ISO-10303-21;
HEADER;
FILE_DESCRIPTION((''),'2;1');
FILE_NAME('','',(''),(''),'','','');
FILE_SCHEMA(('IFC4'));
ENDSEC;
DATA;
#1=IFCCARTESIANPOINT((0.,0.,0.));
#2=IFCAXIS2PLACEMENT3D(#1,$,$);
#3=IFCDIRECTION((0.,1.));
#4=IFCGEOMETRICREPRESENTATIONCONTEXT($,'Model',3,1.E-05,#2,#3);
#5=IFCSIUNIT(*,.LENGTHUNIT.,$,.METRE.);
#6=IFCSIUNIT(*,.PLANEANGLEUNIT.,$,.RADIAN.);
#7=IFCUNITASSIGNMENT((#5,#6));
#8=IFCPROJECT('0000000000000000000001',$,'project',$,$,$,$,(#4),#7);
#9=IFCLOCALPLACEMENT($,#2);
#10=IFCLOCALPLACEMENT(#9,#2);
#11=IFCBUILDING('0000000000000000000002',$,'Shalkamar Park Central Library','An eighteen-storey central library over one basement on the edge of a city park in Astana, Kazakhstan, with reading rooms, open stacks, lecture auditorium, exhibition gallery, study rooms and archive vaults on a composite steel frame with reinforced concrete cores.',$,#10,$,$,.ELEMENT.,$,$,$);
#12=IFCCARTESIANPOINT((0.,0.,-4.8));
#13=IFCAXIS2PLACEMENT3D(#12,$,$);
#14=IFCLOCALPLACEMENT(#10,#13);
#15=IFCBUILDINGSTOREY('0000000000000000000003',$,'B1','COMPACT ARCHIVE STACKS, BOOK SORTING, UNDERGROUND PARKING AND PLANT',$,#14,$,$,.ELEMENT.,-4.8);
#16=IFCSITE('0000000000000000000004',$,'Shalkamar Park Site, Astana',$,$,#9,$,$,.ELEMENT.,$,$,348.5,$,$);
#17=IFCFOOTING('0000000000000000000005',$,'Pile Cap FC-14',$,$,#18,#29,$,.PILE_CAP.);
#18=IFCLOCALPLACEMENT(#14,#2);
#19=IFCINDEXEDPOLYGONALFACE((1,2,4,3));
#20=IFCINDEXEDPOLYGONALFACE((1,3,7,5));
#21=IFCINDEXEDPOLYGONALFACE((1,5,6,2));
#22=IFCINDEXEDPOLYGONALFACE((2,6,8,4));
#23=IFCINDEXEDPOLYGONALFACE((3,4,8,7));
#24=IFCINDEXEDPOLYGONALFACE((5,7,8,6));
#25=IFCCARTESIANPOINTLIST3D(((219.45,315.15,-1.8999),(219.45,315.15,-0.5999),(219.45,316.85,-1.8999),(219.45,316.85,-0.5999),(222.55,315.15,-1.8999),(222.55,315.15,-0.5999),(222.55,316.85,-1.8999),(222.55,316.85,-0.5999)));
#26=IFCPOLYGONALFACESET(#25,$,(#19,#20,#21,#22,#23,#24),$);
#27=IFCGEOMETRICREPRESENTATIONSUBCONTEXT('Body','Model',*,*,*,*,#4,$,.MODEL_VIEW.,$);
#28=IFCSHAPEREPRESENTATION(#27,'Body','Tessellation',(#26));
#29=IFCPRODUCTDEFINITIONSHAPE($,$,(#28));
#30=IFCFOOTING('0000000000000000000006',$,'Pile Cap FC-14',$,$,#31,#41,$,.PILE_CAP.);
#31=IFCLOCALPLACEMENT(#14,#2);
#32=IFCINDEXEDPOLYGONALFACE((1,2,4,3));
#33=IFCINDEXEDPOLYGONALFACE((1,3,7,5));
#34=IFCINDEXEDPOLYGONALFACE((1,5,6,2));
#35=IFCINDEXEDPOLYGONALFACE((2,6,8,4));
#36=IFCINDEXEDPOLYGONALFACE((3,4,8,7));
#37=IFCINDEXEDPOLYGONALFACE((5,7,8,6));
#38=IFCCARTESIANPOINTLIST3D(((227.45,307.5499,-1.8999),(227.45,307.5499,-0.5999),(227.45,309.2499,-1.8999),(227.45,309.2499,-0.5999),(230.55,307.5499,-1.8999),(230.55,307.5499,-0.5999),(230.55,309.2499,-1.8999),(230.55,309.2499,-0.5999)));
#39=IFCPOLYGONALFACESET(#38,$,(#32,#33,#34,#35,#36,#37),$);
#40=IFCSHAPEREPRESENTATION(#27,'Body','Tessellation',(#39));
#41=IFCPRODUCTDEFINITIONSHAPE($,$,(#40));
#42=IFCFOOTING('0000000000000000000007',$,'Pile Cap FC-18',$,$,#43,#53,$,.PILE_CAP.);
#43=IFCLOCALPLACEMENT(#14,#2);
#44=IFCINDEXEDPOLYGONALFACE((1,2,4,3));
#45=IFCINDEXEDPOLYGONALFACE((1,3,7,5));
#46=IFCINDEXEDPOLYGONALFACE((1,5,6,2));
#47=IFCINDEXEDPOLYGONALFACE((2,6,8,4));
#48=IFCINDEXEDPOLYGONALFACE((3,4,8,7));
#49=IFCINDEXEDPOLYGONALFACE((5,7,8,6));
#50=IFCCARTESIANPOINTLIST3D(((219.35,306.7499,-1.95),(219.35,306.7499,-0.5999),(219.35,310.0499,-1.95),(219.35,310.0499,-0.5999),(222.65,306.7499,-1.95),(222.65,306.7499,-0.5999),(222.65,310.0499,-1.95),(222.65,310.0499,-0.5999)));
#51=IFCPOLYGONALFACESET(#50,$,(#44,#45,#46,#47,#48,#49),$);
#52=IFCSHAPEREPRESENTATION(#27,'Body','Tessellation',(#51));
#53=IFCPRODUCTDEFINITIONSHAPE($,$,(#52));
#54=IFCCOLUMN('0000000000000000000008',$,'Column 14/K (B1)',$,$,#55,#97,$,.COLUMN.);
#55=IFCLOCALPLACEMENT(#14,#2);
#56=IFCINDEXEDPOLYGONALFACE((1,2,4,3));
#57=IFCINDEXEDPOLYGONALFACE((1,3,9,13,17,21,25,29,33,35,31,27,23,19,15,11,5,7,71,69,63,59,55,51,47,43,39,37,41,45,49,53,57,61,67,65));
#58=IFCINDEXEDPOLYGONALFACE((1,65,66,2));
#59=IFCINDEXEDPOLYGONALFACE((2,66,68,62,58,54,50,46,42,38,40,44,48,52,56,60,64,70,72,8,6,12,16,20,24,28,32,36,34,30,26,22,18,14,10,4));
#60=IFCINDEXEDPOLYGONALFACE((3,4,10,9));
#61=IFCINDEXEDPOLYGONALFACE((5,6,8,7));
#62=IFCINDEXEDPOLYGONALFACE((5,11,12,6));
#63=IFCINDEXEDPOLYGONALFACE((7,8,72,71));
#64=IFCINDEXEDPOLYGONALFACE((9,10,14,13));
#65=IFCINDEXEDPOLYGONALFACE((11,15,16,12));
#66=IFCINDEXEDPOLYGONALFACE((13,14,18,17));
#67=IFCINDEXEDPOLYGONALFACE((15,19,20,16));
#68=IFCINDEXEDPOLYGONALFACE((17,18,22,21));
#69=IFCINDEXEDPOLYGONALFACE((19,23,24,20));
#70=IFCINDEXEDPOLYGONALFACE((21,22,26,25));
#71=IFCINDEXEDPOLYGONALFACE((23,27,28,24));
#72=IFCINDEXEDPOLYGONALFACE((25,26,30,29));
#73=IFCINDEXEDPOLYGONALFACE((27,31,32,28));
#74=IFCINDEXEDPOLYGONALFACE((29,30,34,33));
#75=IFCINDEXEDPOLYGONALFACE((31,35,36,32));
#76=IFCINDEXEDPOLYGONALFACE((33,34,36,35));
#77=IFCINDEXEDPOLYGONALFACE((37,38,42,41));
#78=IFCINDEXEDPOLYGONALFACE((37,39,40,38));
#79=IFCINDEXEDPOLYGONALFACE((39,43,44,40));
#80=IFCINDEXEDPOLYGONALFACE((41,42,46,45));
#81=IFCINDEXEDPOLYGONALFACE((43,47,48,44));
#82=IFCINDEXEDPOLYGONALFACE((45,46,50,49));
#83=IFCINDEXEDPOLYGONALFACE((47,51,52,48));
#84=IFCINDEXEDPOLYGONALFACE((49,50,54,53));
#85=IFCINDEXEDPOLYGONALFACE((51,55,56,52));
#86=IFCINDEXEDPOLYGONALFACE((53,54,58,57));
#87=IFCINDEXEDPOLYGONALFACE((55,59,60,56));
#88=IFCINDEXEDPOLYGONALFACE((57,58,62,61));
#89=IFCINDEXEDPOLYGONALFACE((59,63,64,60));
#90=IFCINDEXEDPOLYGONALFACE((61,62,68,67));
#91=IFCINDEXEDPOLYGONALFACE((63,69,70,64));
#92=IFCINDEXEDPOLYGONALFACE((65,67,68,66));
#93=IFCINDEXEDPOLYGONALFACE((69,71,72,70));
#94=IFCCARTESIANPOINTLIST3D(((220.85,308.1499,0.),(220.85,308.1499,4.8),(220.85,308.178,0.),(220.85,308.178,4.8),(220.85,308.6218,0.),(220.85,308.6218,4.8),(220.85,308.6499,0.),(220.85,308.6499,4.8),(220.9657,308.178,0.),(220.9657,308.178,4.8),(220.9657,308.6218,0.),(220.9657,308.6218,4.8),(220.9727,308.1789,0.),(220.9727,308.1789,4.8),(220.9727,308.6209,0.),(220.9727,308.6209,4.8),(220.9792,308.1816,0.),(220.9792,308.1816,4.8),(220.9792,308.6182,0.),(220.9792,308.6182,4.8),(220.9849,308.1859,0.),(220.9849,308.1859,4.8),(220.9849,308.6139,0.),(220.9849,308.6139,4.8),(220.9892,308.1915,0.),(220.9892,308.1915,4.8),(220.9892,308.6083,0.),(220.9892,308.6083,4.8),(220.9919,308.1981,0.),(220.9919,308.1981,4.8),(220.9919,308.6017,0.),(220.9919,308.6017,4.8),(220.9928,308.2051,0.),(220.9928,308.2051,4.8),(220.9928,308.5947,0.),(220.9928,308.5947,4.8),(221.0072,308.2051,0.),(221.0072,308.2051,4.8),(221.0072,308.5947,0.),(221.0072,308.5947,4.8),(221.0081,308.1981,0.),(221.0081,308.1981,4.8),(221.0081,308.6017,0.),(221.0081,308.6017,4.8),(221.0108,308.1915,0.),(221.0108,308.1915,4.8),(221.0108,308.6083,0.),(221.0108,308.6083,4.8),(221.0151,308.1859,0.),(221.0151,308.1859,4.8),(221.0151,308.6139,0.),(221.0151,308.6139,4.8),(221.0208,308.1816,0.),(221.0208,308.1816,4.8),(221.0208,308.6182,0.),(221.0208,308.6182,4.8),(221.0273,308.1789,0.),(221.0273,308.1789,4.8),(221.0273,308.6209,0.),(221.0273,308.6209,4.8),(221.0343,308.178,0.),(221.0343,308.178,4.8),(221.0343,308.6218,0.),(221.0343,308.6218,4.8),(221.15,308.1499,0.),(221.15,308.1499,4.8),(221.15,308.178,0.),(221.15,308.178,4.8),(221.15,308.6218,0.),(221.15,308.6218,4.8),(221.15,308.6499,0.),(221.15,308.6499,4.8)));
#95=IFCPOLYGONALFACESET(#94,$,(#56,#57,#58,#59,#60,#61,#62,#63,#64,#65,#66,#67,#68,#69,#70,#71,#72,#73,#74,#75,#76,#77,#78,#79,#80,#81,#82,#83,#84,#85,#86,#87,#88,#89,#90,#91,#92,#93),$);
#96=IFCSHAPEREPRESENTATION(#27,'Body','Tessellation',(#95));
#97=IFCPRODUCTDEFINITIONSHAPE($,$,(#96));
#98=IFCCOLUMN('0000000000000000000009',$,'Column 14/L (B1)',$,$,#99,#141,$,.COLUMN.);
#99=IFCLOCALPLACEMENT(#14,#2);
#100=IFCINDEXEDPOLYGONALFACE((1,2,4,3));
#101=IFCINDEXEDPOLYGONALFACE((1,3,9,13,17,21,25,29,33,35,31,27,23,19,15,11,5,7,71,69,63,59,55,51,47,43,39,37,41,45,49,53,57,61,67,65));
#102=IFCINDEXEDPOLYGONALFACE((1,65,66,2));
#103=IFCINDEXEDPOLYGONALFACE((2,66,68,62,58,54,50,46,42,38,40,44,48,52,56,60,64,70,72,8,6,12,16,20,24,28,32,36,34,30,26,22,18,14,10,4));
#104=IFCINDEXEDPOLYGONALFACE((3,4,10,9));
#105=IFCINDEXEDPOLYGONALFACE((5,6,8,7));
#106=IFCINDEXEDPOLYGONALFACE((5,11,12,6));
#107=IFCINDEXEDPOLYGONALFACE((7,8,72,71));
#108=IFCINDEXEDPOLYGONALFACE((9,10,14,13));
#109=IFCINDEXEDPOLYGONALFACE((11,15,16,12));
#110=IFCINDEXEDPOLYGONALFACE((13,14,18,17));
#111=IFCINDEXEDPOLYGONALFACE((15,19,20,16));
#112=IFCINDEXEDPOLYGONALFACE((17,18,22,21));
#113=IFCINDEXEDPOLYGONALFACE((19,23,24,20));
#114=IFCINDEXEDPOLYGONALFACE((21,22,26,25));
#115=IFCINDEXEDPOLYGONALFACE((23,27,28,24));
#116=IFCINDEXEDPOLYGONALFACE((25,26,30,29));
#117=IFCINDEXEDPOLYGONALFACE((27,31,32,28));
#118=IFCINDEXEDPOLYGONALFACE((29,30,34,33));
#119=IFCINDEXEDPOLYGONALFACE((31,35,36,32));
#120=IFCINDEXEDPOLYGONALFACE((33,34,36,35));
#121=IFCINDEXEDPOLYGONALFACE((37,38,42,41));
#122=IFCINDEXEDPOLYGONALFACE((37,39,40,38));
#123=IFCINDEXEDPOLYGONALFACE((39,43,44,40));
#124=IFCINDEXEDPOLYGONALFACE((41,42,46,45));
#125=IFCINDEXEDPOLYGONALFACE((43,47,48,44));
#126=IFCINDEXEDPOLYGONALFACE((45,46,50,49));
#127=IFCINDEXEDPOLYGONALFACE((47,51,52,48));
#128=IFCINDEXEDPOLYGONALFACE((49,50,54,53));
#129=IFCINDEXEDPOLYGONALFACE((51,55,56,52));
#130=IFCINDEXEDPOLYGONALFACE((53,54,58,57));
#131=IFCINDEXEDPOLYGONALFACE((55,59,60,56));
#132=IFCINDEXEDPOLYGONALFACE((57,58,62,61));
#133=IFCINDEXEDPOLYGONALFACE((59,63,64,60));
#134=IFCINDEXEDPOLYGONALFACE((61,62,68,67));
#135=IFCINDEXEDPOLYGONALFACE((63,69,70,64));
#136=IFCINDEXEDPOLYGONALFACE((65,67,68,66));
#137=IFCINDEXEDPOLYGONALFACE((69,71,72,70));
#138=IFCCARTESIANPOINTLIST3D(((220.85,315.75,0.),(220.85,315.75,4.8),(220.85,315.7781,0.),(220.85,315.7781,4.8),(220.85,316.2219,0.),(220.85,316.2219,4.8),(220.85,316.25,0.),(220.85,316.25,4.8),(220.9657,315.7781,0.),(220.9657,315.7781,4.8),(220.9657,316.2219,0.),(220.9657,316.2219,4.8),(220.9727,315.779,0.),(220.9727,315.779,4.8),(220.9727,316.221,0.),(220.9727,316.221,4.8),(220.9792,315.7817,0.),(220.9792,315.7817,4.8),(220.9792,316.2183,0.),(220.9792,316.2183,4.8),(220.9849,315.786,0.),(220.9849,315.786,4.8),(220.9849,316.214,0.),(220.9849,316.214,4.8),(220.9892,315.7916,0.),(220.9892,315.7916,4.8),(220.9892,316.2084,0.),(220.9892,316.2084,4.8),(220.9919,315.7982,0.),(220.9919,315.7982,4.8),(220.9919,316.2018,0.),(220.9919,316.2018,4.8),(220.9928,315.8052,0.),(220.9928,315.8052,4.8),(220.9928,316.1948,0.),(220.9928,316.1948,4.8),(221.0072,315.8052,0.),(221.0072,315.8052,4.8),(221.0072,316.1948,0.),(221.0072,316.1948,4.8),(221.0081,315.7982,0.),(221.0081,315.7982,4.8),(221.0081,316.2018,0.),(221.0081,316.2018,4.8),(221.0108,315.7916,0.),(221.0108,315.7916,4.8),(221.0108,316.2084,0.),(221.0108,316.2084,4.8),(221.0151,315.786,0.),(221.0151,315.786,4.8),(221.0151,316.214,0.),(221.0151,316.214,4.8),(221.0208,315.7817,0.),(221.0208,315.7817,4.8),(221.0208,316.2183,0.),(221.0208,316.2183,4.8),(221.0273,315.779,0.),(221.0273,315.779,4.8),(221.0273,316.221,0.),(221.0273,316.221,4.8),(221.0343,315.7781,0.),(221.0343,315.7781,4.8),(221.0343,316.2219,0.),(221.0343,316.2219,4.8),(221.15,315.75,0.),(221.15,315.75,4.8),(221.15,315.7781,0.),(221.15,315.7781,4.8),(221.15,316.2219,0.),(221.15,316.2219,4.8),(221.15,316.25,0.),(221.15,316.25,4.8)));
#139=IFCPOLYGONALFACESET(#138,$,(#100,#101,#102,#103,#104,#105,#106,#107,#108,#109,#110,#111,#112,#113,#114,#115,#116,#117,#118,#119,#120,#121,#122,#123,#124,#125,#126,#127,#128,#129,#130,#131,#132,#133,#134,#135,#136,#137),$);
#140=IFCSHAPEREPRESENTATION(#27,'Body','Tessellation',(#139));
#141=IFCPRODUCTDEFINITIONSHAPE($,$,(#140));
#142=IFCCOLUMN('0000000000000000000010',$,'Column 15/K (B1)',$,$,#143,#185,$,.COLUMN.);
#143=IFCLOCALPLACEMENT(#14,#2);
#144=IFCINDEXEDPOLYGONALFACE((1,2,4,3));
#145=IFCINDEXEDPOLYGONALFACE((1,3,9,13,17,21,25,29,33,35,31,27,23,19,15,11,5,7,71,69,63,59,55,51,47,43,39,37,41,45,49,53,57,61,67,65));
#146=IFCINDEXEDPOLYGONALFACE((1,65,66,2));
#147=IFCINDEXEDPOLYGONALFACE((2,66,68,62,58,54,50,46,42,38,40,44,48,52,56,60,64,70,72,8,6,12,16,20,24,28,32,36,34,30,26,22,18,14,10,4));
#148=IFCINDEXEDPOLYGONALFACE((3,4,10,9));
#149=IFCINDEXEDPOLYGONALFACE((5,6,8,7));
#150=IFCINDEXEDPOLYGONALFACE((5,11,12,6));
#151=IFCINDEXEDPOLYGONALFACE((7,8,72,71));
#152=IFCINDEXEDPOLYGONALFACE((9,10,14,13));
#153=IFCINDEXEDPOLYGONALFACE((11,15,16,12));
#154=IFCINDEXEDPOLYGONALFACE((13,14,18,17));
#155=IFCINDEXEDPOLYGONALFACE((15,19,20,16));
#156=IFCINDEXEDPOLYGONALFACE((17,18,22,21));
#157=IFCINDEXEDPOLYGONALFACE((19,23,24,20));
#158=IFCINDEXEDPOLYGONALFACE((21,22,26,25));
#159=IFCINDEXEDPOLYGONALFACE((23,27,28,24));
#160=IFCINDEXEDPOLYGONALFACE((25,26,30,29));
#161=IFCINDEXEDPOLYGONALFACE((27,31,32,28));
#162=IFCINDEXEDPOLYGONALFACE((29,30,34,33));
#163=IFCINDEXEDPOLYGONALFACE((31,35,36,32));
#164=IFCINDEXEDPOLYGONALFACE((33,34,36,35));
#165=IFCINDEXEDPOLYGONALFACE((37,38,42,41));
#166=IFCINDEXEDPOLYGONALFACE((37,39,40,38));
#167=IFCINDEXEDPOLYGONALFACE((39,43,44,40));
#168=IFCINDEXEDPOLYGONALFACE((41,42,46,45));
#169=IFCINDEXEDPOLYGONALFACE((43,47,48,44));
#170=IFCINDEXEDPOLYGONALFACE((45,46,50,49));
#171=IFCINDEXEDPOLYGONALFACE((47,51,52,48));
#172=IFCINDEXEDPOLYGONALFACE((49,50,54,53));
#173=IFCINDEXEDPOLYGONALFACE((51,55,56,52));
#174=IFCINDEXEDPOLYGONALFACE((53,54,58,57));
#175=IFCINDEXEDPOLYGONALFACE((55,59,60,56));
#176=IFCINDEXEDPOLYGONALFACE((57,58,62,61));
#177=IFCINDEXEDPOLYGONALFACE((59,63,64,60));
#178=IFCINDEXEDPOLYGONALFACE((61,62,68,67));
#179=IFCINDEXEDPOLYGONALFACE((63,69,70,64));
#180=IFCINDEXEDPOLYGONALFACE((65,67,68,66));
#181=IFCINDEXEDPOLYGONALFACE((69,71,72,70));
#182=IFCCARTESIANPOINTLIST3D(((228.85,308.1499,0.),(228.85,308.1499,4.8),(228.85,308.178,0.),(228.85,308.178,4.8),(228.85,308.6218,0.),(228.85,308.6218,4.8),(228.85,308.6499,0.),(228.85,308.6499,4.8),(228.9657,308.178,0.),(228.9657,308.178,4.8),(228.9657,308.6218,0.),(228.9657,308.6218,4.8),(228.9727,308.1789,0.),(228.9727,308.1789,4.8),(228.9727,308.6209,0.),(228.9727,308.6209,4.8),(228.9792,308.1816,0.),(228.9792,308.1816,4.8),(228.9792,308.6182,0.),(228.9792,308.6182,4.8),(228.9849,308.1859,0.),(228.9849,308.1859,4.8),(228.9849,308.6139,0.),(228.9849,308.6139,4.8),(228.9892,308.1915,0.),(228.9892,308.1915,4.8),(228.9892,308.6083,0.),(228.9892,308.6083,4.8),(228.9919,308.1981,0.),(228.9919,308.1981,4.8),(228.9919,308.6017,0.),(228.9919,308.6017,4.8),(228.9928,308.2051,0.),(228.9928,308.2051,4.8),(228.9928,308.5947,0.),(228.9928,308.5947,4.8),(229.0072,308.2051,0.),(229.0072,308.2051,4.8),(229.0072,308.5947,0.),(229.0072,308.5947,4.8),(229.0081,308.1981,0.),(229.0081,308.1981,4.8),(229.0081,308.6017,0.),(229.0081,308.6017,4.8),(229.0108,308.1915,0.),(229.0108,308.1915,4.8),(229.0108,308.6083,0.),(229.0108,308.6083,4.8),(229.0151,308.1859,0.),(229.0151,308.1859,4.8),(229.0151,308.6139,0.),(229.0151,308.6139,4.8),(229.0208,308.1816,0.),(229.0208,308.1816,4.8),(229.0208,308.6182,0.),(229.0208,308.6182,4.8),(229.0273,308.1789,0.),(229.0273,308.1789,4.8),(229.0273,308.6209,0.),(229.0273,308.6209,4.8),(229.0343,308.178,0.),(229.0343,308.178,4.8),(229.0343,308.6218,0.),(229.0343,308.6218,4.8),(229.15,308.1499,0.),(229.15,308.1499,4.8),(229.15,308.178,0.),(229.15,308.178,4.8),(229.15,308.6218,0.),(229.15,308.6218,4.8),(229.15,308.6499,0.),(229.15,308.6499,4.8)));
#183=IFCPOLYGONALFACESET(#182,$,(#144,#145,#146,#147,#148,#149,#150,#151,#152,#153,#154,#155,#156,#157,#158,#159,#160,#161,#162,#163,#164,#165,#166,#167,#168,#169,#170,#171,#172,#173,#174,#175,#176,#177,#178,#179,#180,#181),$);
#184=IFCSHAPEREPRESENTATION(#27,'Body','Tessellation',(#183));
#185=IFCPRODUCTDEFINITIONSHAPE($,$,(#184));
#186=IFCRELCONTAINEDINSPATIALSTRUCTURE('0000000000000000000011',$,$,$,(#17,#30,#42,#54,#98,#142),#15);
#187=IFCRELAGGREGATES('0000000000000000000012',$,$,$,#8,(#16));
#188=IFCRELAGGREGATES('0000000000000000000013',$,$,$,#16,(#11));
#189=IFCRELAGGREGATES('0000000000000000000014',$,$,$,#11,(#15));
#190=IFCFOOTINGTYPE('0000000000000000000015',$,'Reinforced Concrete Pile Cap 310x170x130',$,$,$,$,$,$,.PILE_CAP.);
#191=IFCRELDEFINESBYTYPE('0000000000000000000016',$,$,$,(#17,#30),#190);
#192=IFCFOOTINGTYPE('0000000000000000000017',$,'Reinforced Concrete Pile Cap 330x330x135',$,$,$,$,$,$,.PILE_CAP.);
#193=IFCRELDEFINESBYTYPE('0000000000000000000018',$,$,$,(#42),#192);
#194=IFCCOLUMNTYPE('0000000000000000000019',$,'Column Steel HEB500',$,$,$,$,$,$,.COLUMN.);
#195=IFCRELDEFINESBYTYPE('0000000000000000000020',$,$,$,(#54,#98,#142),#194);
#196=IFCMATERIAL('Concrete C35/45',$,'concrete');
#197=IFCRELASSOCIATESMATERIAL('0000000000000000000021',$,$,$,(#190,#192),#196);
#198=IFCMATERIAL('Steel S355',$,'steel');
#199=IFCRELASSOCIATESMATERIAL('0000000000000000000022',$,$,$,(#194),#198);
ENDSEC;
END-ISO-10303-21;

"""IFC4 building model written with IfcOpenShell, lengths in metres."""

from ifc_helpers import new_model, si_unit, direction, frame, origin, origin_2d, place, context, subcontext, project, spatial, rectangle, i_section, extrude, material, material_profile, profile_set, type_object, element, save


model = new_model("IFC4")

# Units and contexts
model_context = context("Model", 3, precision=1e-05, world=origin(), true_north=direction((0.0, 1.0)))
body_context = subcontext(model_context, "Body", "Model", "MODEL_VIEW")
ifc_project = project(units=[si_unit("LENGTHUNIT", "METRE"), si_unit("PLANEANGLEUNIT", "RADIAN")], contexts=[model_context])

# Site, building, storey
site_placement = place(None, origin())
site = spatial("IfcSite", under=ifc_project, at=site_placement, Name="Shalkamar Park Site, Astana", CompositionType="ELEMENT", RefElevation=348.5)
building_placement = place(site_placement, origin())
building = spatial("IfcBuilding", under=site, at=building_placement, Name="Shalkamar Park Central Library", Description="An eighteen-storey central library over one basement on the edge of a city park in Astana, Kazakhstan, with reading rooms, open stacks, lecture auditorium, exhibition gallery, study rooms and archive vaults on a composite steel frame with reinforced concrete cores.", CompositionType="ELEMENT")
storey_placement = place(building_placement, frame((0.0, 0.0, -4.8)))
storey = spatial("IfcBuildingStorey", under=building, at=storey_placement, Name="B1", Description="COMPACT ARCHIVE STACKS, BOOK SORTING, UNDERGROUND PARKING AND PLANT", CompositionType="ELEMENT", Elevation=-4.8)

# Shared definitions
ifc_material_1 = material(Name="Concrete C35/45", Category="concrete")

# Footings
footing_type_1 = type_object("IfcFootingType", Name="Reinforced Concrete Pile Cap 310x170x130", PredefinedType="PILE_CAP", material=ifc_material_1)
for number, where, z_axis, x_axis, name in (
    (1, (221.0, 316.0, -1.8999), (0.0, 0.0, 1.0), (1.0, 0.0, 0.0), "Pile Cap FC-14"),
    (2, (229.0, 308.3999, -1.8999), (0.0, 0.0, 1.0), (1.0, 0.0, 0.0), "Pile Cap FC-14"),
):
    element("IfcFooting", number, at=place(storey_placement, frame(where, z_axis=z_axis, x_axis=x_axis)), inside=storey, type_object=footing_type_1, Name=name, PredefinedType="PILE_CAP", context=body_context, shape_type="SweptSolid", body=[
        extrude(rectangle(XDim=3.1001, YDim=1.7, at=origin_2d()), origin(), (0.0, 0.0, 1.0), 1.3),
    ])
footing_type_2 = type_object("IfcFootingType", Name="Reinforced Concrete Pile Cap 330x330x135", PredefinedType="PILE_CAP", material=ifc_material_1)
footing_1_placement = place(storey_placement, frame((221.0, 308.3999, -1.95), z_axis=(0.0, 0.0, 1.0), x_axis=(1.0, 0.0, 0.0)))
element("IfcFooting", 3, at=footing_1_placement, inside=storey, type_object=footing_type_2, Name="Pile Cap FC-18", PredefinedType="PILE_CAP", context=body_context, shape_type="SweptSolid", body=[
    extrude(rectangle(XDim=3.3, YDim=3.3, at=origin_2d()), origin(), (0.0, 0.0, 1.0), 1.3501),
])

# Columns
ifc_material_2 = material(Name="Steel S355", Category="steel")
ifc_material_profile_1 = material_profile(ifc_material_2, i_section(OverallWidth=0.3, OverallDepth=0.5, WebThickness=0.0144, FlangeThickness=0.0281, FilletRadius=0.0271, at=origin_2d()), Name="HEB 500")
ifc_profile_set_1 = profile_set([ifc_material_profile_1], Name="Steel S355")
column_type = type_object("IfcColumnType", Name="Column Steel HEB500", PredefinedType="COLUMN", material=ifc_profile_set_1)
for number, where, z_axis, x_axis, name in (
    (4, (221.0, 308.3999, 0.0), (0.0, 0.0, 1.0), (1.0, 0.0, 0.0), "Column 14/K (B1)"),
    (5, (221.0, 316.0, 0.0), (0.0, 0.0, 1.0), (1.0, 0.0, 0.0), "Column 14/L (B1)"),
    (6, (229.0, 308.3999, 0.0), (0.0, 0.0, 1.0), (1.0, 0.0, 0.0), "Column 15/K (B1)"),
):
    element("IfcColumn", number, at=place(storey_placement, frame(where, z_axis=z_axis, x_axis=x_axis)), inside=storey, type_object=column_type, Name=name, PredefinedType="COLUMN", context=body_context, shape_type="SweptSolid", body=[
        extrude(i_section(OverallWidth=0.3, OverallDepth=0.5, WebThickness=0.0144, FlangeThickness=0.0281, FilletRadius=0.0271, at=origin_2d()), origin(), (0.0, 0.0, 1.0), 4.8),
    ])

save(model, "model.ifc")
